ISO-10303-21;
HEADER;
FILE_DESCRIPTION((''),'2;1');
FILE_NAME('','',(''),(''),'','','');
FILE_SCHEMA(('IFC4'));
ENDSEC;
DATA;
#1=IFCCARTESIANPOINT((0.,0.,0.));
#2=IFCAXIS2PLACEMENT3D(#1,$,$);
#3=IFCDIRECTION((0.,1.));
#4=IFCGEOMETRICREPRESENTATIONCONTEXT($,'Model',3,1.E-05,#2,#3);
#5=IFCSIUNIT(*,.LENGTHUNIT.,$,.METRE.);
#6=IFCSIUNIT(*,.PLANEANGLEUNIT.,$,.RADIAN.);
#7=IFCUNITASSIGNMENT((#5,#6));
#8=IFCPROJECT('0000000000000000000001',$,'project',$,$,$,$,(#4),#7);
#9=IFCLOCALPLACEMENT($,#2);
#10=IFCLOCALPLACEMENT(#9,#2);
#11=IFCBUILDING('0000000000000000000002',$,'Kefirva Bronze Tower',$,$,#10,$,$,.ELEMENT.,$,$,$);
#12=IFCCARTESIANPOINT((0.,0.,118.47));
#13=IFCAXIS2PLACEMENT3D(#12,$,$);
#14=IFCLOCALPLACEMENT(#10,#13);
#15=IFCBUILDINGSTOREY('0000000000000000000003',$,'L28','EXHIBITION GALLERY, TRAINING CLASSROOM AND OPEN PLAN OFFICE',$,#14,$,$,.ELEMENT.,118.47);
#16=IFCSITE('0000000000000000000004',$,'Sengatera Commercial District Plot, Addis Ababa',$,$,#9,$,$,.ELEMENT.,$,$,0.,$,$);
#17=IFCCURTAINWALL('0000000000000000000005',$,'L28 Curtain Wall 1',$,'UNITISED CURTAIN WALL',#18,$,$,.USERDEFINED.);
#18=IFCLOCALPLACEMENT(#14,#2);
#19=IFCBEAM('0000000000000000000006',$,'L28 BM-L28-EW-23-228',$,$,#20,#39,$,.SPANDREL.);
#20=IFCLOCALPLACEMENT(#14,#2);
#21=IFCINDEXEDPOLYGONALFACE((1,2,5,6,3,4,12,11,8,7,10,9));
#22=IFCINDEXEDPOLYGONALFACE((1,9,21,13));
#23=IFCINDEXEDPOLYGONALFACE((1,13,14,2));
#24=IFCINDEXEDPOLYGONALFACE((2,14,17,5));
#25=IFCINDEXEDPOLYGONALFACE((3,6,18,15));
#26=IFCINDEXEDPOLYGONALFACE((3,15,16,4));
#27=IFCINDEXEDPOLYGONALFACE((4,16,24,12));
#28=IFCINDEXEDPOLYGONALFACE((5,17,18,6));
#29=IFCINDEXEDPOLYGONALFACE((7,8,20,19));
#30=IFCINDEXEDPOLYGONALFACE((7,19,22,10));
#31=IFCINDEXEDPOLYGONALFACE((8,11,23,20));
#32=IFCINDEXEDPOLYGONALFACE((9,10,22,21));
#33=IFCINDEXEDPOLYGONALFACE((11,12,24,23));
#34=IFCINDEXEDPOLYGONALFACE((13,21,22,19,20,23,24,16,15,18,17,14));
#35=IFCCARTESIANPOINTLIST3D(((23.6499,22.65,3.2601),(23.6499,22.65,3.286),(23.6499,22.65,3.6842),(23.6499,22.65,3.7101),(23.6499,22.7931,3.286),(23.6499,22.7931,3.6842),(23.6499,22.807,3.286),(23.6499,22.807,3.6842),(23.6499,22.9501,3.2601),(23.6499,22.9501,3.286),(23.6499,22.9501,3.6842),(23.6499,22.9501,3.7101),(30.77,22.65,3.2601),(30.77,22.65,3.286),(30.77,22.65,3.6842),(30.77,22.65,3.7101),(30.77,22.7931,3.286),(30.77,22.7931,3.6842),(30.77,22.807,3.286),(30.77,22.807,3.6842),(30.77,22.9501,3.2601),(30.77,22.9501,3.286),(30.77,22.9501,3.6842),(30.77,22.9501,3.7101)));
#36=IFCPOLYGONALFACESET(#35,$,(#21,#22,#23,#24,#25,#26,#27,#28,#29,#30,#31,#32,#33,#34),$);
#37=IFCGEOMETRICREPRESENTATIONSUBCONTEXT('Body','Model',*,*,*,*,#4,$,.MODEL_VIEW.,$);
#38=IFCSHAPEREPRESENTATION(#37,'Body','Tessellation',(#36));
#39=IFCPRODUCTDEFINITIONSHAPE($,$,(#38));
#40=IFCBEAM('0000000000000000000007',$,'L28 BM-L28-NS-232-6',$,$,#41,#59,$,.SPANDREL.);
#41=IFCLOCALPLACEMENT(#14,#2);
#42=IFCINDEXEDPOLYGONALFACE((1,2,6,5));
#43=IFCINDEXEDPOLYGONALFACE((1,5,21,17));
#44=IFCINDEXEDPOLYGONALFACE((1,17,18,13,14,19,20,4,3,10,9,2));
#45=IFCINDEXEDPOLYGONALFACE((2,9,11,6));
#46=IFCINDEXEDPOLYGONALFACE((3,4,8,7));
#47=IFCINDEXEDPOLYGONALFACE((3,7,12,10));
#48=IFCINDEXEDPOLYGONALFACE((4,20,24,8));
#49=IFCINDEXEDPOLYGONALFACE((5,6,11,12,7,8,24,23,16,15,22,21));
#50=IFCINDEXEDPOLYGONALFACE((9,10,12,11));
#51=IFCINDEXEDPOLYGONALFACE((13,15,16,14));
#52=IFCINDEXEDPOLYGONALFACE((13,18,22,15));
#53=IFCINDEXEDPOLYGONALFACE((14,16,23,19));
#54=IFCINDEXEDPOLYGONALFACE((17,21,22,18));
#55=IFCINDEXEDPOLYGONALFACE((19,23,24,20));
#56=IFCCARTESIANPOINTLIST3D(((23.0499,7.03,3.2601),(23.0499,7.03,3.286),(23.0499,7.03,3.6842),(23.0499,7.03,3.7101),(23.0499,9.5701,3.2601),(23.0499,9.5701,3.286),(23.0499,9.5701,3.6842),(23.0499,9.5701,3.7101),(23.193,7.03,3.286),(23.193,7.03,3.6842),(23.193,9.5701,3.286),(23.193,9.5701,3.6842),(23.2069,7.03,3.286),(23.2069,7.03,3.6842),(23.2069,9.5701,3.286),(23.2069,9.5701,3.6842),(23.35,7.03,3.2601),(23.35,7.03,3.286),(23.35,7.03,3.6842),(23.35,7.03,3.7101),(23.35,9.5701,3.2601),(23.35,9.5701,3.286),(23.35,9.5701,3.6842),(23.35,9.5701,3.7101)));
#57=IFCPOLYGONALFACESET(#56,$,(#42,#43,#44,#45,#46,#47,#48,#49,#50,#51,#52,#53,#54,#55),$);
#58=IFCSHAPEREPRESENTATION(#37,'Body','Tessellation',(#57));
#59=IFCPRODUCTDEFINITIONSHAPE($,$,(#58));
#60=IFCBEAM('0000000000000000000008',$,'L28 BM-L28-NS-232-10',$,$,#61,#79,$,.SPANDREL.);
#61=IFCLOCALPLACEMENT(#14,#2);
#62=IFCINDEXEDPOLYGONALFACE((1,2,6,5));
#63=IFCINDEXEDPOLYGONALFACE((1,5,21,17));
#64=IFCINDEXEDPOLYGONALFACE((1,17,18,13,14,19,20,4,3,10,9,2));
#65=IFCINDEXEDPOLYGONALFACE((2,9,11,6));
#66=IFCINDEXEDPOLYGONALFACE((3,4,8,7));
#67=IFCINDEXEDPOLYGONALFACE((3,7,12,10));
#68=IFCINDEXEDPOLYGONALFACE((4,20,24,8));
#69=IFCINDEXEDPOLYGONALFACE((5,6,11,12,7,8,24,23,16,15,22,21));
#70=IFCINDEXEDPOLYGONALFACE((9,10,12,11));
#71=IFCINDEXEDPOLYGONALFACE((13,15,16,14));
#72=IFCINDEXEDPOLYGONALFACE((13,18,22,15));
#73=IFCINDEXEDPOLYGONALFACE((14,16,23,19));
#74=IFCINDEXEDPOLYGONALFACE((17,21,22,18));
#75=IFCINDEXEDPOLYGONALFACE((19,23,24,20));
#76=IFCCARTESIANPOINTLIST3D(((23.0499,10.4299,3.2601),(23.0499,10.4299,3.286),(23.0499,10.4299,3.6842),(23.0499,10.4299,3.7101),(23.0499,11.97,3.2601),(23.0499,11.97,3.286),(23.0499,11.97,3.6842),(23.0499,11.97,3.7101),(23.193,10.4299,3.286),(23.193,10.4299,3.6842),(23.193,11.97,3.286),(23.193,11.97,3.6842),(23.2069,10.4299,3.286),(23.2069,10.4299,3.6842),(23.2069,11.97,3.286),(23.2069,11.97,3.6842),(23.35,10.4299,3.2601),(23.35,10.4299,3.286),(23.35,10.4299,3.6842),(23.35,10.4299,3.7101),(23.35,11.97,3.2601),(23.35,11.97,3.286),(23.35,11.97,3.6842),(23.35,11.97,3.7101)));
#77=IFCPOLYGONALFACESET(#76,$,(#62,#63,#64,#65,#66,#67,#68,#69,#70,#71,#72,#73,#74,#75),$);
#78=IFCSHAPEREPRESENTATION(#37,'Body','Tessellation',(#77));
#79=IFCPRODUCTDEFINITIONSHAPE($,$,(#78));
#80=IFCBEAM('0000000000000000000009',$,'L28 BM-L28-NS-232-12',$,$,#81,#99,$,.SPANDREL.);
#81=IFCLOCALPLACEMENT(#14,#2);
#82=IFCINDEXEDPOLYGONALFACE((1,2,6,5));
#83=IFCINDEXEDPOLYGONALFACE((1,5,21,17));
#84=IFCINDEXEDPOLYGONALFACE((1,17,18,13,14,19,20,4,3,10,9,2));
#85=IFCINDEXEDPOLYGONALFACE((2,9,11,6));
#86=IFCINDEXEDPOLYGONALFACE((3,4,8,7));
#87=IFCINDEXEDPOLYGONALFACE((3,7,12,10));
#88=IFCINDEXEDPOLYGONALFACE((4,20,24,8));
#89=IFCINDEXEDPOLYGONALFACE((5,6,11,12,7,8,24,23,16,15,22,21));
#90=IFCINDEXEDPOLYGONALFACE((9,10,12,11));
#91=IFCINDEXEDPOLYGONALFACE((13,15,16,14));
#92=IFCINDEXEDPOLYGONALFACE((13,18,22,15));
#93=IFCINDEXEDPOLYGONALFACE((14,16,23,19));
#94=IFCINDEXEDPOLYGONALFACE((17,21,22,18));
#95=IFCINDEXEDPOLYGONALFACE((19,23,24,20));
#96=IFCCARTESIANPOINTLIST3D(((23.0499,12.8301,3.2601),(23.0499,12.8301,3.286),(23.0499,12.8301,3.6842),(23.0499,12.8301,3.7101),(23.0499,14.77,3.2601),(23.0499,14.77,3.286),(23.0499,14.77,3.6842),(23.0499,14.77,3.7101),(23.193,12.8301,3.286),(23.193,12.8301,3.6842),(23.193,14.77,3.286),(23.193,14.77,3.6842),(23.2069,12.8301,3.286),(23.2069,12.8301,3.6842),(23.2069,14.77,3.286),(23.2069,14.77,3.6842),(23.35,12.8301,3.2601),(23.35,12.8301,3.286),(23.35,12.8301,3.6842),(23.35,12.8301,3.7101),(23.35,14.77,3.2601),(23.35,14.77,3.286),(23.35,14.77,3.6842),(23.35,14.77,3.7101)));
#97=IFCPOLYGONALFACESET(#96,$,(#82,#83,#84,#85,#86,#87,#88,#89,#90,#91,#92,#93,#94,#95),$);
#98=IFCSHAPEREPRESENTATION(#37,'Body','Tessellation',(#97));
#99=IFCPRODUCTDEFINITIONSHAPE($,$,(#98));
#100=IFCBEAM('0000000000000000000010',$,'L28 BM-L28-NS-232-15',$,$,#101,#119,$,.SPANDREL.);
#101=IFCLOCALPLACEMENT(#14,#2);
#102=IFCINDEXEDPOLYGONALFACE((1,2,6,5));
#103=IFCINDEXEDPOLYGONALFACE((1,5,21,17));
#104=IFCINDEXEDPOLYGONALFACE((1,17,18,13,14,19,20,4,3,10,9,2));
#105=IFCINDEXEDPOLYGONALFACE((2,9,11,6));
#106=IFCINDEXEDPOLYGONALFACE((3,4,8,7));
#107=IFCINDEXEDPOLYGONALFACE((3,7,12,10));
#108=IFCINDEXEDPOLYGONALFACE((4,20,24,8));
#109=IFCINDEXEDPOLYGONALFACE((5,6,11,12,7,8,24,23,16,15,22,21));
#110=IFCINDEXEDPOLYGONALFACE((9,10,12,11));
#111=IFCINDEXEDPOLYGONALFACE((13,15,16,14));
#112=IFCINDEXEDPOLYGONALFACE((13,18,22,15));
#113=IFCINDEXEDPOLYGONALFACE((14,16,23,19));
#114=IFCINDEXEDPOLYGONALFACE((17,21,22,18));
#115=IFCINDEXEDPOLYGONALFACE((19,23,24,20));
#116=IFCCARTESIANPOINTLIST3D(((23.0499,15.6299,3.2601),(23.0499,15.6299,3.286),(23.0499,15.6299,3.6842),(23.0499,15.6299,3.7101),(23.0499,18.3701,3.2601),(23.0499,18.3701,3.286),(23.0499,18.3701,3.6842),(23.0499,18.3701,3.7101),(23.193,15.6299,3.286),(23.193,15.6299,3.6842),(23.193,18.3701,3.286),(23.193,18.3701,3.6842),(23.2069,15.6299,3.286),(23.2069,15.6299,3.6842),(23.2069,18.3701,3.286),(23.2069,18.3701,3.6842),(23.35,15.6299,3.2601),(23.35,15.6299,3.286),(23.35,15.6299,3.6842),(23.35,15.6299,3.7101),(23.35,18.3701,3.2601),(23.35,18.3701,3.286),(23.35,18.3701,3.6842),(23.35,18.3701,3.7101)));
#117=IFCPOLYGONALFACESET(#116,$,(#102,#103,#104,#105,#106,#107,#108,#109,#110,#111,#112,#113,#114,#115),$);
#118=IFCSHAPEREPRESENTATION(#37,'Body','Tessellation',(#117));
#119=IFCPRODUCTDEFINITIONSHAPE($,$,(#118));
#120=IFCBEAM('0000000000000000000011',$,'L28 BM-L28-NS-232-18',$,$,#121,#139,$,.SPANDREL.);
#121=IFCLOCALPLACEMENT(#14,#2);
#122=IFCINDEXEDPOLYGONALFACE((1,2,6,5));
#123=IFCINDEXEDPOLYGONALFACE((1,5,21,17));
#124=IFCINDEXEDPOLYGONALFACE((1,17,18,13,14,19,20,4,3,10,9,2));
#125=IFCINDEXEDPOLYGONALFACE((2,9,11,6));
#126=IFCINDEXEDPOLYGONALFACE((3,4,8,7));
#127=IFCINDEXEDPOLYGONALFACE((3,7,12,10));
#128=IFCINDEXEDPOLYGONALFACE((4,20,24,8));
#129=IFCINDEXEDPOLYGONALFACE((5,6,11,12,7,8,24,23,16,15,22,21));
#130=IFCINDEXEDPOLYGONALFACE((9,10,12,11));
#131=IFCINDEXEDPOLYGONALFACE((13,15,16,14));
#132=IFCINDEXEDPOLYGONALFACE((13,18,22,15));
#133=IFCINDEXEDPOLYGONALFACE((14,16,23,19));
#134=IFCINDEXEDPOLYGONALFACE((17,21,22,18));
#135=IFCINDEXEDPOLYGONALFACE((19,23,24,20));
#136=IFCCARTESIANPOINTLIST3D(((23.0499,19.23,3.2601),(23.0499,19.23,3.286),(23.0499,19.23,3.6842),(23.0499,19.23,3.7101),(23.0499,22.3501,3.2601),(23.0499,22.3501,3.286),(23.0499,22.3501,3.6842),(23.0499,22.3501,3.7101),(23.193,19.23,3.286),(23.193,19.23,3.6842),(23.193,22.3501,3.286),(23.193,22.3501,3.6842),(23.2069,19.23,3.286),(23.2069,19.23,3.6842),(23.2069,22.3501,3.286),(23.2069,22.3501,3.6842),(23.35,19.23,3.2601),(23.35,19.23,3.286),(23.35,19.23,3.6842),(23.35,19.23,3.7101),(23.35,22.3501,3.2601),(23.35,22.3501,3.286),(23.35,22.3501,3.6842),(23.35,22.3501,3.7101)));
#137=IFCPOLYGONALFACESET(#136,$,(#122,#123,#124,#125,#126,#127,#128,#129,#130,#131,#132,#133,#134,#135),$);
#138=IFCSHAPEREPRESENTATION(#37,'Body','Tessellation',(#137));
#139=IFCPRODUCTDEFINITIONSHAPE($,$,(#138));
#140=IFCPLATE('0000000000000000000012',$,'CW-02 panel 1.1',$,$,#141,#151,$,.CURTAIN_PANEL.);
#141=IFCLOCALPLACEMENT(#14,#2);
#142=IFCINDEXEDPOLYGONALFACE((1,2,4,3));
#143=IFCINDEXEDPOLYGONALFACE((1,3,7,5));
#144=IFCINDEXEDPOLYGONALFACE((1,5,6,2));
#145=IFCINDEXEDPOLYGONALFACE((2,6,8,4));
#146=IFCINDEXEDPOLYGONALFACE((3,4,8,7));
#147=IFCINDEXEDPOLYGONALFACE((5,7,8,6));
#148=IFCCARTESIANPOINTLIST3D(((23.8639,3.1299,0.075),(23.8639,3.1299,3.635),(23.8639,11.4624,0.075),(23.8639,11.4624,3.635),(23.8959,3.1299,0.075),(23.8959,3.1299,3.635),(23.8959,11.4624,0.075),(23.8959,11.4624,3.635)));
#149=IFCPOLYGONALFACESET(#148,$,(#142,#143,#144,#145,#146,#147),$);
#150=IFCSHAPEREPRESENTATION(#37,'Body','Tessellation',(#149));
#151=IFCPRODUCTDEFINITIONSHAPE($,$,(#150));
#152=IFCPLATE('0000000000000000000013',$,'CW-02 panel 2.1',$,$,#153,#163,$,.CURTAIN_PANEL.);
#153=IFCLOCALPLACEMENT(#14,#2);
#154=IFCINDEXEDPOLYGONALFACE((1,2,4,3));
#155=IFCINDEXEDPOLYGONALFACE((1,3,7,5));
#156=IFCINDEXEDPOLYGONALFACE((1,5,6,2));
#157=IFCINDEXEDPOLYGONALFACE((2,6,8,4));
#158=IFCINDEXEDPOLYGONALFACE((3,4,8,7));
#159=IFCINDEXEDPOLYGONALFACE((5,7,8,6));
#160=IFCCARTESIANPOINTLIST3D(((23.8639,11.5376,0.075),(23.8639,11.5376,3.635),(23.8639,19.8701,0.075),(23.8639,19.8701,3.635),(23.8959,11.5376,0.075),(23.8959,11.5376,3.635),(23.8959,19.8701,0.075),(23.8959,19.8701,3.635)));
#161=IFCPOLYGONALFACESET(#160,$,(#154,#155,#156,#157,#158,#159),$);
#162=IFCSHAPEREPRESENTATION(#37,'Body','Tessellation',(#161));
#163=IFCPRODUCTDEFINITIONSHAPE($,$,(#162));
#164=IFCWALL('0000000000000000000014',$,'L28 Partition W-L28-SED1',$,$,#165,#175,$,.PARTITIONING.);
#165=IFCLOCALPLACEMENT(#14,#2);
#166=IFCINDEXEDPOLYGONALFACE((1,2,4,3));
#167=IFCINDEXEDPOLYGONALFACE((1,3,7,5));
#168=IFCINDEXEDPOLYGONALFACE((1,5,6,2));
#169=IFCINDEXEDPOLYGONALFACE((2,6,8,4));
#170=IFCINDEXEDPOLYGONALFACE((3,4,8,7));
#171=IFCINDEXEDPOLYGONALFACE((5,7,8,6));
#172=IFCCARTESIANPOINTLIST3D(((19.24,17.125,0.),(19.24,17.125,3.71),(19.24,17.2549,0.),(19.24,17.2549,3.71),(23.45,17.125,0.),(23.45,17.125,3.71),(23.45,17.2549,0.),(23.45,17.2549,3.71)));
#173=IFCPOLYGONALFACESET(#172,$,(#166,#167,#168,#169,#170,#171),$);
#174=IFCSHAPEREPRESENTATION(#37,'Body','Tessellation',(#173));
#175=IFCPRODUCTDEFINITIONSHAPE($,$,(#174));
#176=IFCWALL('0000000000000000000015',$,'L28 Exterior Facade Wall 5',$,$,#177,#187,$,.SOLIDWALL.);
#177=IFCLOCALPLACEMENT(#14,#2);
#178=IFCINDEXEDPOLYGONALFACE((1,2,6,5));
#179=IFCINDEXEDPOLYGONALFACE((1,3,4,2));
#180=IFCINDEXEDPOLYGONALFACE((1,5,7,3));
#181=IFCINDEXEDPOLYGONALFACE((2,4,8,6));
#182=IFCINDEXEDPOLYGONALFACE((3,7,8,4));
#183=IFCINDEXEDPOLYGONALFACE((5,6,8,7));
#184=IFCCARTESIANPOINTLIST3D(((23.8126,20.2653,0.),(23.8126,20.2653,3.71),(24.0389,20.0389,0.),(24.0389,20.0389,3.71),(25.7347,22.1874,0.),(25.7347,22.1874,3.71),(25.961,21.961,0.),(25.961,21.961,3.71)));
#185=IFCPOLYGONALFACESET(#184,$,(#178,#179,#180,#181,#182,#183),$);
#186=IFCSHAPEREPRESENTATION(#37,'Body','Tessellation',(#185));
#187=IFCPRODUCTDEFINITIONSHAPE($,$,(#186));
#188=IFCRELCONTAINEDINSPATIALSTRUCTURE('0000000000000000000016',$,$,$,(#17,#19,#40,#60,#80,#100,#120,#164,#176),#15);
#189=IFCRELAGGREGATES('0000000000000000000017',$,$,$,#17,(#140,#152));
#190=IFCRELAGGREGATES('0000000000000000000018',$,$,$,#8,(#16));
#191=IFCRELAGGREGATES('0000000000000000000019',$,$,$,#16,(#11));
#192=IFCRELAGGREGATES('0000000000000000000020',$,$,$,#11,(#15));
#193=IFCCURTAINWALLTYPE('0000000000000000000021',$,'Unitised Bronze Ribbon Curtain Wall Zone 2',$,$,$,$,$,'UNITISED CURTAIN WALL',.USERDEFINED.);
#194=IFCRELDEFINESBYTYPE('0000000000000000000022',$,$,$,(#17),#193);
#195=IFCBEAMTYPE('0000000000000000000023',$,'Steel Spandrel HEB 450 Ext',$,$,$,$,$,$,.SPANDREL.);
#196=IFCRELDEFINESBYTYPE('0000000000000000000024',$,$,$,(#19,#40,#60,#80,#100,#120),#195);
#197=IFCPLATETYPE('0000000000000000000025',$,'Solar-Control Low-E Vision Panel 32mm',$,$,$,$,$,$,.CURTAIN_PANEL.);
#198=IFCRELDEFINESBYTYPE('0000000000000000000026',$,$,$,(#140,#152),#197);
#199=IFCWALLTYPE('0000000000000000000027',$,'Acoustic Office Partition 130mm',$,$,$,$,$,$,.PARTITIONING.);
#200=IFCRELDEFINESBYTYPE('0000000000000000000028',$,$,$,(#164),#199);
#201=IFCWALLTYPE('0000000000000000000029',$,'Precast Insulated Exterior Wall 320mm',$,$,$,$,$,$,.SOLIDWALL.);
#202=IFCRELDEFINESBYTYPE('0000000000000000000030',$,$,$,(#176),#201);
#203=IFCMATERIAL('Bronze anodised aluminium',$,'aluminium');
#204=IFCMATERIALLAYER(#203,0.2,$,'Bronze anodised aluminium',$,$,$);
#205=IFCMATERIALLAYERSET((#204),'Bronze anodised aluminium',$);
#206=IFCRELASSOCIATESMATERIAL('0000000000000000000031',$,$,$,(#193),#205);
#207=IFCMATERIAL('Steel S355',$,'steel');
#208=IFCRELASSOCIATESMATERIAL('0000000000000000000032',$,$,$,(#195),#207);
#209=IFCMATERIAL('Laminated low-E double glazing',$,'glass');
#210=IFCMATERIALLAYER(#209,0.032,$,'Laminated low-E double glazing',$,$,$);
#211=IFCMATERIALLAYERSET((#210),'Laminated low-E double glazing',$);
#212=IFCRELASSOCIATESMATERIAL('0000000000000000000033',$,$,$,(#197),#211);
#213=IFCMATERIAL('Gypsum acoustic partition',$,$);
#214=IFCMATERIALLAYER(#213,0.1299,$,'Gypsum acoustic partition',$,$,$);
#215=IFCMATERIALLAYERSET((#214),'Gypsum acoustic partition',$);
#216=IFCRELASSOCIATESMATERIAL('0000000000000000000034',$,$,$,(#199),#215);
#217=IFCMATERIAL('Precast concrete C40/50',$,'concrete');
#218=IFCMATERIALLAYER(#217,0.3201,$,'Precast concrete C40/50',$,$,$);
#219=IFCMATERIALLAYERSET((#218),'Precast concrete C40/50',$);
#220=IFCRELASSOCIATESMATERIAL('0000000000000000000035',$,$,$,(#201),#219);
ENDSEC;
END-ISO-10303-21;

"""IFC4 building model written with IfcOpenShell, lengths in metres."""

from ifc_helpers import new_model, si_unit, direction, frame, frame_2d, origin, origin_2d, place, context, subcontext, project, spatial, rectangle, i_section, extrude, material, layer, layer_set, material_profile, profile_set, type_object, element, aggregate, save


model = new_model("IFC4")

# Units and contexts
model_context = context("Model", 3, precision=1e-05, world=origin(), true_north=direction((0.0, 1.0)))
body_context = subcontext(model_context, "Body", "Model", "MODEL_VIEW")
ifc_project = project(units=[si_unit("LENGTHUNIT", "METRE"), si_unit("PLANEANGLEUNIT", "RADIAN")], contexts=[model_context])

# Site, building, storey
site_placement = place(None, origin())
site = spatial("IfcSite", under=ifc_project, at=site_placement, Name="Sengatera Commercial District Plot, Addis Ababa", CompositionType="ELEMENT", RefElevation=0.0)
building_placement = place(site_placement, origin())
building = spatial("IfcBuilding", under=site, at=building_placement, Name="Kefirva Bronze Tower", CompositionType="ELEMENT")
storey_placement = place(building_placement, frame((0.0, 0.0, 118.47)))
storey = spatial("IfcBuildingStorey", under=building, at=storey_placement, Name="L28", Description="EXHIBITION GALLERY, TRAINING CLASSROOM AND OPEN PLAN OFFICE", CompositionType="ELEMENT", Elevation=118.47)

# Curtain wall
ifc_material_1 = material(Name="Bronze anodised aluminium", Category="aluminium")
ifc_layer_1 = layer(ifc_material_1, 0.2, Name="Bronze anodised aluminium")
ifc_layer_set_1 = layer_set([ifc_layer_1], Name="Bronze anodised aluminium")
curtain_wall_type = type_object("IfcCurtainWallType", Name="Unitised Bronze Ribbon Curtain Wall Zone 2", ElementType="UNITISED CURTAIN WALL", PredefinedType="USERDEFINED", material=ifc_layer_set_1)
curtain_wall_placement = place(storey_placement, origin())
curtain_wall = element("IfcCurtainWall", 1, at=curtain_wall_placement, inside=storey, type_object=curtain_wall_type, Name="L28 Curtain Wall 1", ObjectType="UNITISED CURTAIN WALL", PredefinedType="USERDEFINED")

# Beams
ifc_material_2 = material(Name="Steel S355", Category="steel")
ifc_material_profile_1 = material_profile(ifc_material_2, i_section(OverallWidth=0.3, OverallDepth=0.45, WebThickness=0.0139, FlangeThickness=0.0259, at=origin_2d()), Name="HEB 450")
ifc_profile_set_1 = profile_set([ifc_material_profile_1], Name="Steel S355")
beam_type_1 = type_object("IfcBeamType", Name="Steel Spandrel HEB 450 Ext", PredefinedType="SPANDREL", material=ifc_profile_set_1)
beam_1_placement = place(storey_placement, frame((23.6499, 22.8, 3.4851), z_axis=(1.0, 0.0, 0.0), x_axis=(0.0, 1.0, 0.0)))
element("IfcBeam", 2, at=beam_1_placement, inside=storey, type_object=beam_type_1, Name="L28 BM-L28-EW-23-228", PredefinedType="SPANDREL", context=body_context, shape_type="SweptSolid", body=[
    extrude(i_section(OverallWidth=0.3, OverallDepth=0.45, WebThickness=0.0139, FlangeThickness=0.0259, at=origin_2d()), origin(), (0.0, 0.0, 1.0), 7.1201),
])
beam_2_placement = place(storey_placement, frame((23.2, 7.03, 3.4851), z_axis=(0.0, 1.0, 0.0), x_axis=(-1.0, 0.0, 0.0)))
element("IfcBeam", 3, at=beam_2_placement, inside=storey, type_object=beam_type_1, Name="L28 BM-L28-NS-232-6", PredefinedType="SPANDREL", context=body_context, shape_type="SweptSolid", body=[
    extrude(i_section(OverallWidth=0.3, OverallDepth=0.45, WebThickness=0.0139, FlangeThickness=0.0259, at=origin_2d()), origin(), (0.0, 0.0, 1.0), 2.54),
])
beam_3_placement = place(storey_placement, frame((23.2, 10.4299, 3.4851), z_axis=(0.0, 1.0, 0.0), x_axis=(-1.0, 0.0, 0.0)))
element("IfcBeam", 4, at=beam_3_placement, inside=storey, type_object=beam_type_1, Name="L28 BM-L28-NS-232-10", PredefinedType="SPANDREL", context=body_context, shape_type="SweptSolid", body=[
    extrude(i_section(OverallWidth=0.3, OverallDepth=0.45, WebThickness=0.0139, FlangeThickness=0.0259, at=origin_2d()), origin(), (0.0, 0.0, 1.0), 1.54),
])
beam_4_placement = place(storey_placement, frame((23.2, 12.8301, 3.4851), z_axis=(0.0, 1.0, 0.0), x_axis=(-1.0, 0.0, 0.0)))
element("IfcBeam", 5, at=beam_4_placement, inside=storey, type_object=beam_type_1, Name="L28 BM-L28-NS-232-12", PredefinedType="SPANDREL", context=body_context, shape_type="SweptSolid", body=[
    extrude(i_section(OverallWidth=0.3, OverallDepth=0.45, WebThickness=0.0139, FlangeThickness=0.0259, at=origin_2d()), origin(), (0.0, 0.0, 1.0), 1.9399),
])
beam_5_placement = place(storey_placement, frame((23.2, 15.6299, 3.4851), z_axis=(0.0, 1.0, 0.0), x_axis=(-1.0, 0.0, 0.0)))
element("IfcBeam", 6, at=beam_5_placement, inside=storey, type_object=beam_type_1, Name="L28 BM-L28-NS-232-15", PredefinedType="SPANDREL", context=body_context, shape_type="SweptSolid", body=[
    extrude(i_section(OverallWidth=0.3, OverallDepth=0.45, WebThickness=0.0139, FlangeThickness=0.0259, at=origin_2d()), origin(), (0.0, 0.0, 1.0), 2.7402),
])
beam_6_placement = place(storey_placement, frame((23.2, 19.23, 3.4851), z_axis=(0.0, 1.0, 0.0), x_axis=(-1.0, 0.0, 0.0)))
element("IfcBeam", 7, at=beam_6_placement, inside=storey, type_object=beam_type_1, Name="L28 BM-L28-NS-232-18", PredefinedType="SPANDREL", context=body_context, shape_type="SweptSolid", body=[
    extrude(i_section(OverallWidth=0.3, OverallDepth=0.45, WebThickness=0.0139, FlangeThickness=0.0259, at=origin_2d()), origin(), (0.0, 0.0, 1.0), 3.1201),
])

# Plates
ifc_material_3 = material(Name="Laminated low-E double glazing", Category="glass")
ifc_layer_2 = layer(ifc_material_3, 0.032, Name="Laminated low-E double glazing")
ifc_layer_set_2 = layer_set([ifc_layer_2], Name="Laminated low-E double glazing")
plate_type = type_object("IfcPlateType", Name="Solar-Control Low-E Vision Panel 32mm", PredefinedType="CURTAIN_PANEL", material=ifc_layer_set_2)
plate_1_placement = place(storey_placement, frame((23.8799, 7.2961, 0.075), z_axis=(0.0, 0.0, 1.0), x_axis=(0.0, 1.0, 0.0)))
plate_1 = element("IfcPlate", 8, at=plate_1_placement, type_object=plate_type, Name="CW-02 panel 1.1", PredefinedType="CURTAIN_PANEL", context=body_context, shape_type="SweptSolid", body=[
    extrude(rectangle(XDim=8.3325, YDim=0.032, at=origin_2d()), origin(), (0.0, 0.0, 1.0), 3.5601),
])
plate_2_placement = place(storey_placement, frame((23.8799, 15.7039, 0.075), z_axis=(0.0, 0.0, 1.0), x_axis=(0.0, 1.0, 0.0)))
plate_2 = element("IfcPlate", 9, at=plate_2_placement, type_object=plate_type, Name="CW-02 panel 2.1", PredefinedType="CURTAIN_PANEL", context=body_context, shape_type="SweptSolid", body=[
    extrude(rectangle(XDim=8.3325, YDim=0.032, at=origin_2d()), origin(), (0.0, 0.0, 1.0), 3.5601),
])
aggregate(curtain_wall, [plate_1, plate_2])

# Walls
ifc_material_4 = material(Name="Gypsum acoustic partition")
ifc_layer_3 = layer(ifc_material_4, 0.1299, Name="Gypsum acoustic partition")
ifc_layer_set_3 = layer_set([ifc_layer_3], Name="Gypsum acoustic partition")
wall_type_1 = type_object("IfcWallType", Name="Acoustic Office Partition 130mm", PredefinedType="PARTITIONING", material=ifc_layer_set_3)
wall_1_placement = place(storey_placement, frame((19.24, 17.1899, 0.0), z_axis=(0.0, 0.0, 1.0), x_axis=(1.0, 0.0, 0.0)))
element("IfcWall", 10, at=wall_1_placement, inside=storey, type_object=wall_type_1, Name="L28 Partition W-L28-SED1", PredefinedType="PARTITIONING", context=body_context, shape_type="SweptSolid", body=[
    extrude(rectangle(XDim=4.21, YDim=0.1299, at=frame_2d((2.105, 0.0))), origin(), (0.0, 0.0, 1.0), 3.71),
])
ifc_material_5 = material(Name="Precast concrete C40/50", Category="concrete")
ifc_layer_4 = layer(ifc_material_5, 0.3201, Name="Precast concrete C40/50")
ifc_layer_set_4 = layer_set([ifc_layer_4], Name="Precast concrete C40/50")
wall_type_2 = type_object("IfcWallType", Name="Precast Insulated Exterior Wall 320mm", PredefinedType="SOLIDWALL", material=ifc_layer_set_4)
wall_2_placement = place(storey_placement, frame((23.9258, 20.1521, 0.0), z_axis=(0.0, 0.0, 1.0), x_axis=(0.707107, 0.707107, 0.0)))
element("IfcWall", 11, at=wall_2_placement, inside=storey, type_object=wall_type_2, Name="L28 Exterior Facade Wall 5", PredefinedType="SOLIDWALL", context=body_context, shape_type="SweptSolid", body=[
    extrude(rectangle(XDim=2.7183, YDim=0.3201, at=frame_2d((1.3591, 0.0))), origin(), (0.0, 0.0, 1.0), 3.71),
])

save(model, "model.ifc")
